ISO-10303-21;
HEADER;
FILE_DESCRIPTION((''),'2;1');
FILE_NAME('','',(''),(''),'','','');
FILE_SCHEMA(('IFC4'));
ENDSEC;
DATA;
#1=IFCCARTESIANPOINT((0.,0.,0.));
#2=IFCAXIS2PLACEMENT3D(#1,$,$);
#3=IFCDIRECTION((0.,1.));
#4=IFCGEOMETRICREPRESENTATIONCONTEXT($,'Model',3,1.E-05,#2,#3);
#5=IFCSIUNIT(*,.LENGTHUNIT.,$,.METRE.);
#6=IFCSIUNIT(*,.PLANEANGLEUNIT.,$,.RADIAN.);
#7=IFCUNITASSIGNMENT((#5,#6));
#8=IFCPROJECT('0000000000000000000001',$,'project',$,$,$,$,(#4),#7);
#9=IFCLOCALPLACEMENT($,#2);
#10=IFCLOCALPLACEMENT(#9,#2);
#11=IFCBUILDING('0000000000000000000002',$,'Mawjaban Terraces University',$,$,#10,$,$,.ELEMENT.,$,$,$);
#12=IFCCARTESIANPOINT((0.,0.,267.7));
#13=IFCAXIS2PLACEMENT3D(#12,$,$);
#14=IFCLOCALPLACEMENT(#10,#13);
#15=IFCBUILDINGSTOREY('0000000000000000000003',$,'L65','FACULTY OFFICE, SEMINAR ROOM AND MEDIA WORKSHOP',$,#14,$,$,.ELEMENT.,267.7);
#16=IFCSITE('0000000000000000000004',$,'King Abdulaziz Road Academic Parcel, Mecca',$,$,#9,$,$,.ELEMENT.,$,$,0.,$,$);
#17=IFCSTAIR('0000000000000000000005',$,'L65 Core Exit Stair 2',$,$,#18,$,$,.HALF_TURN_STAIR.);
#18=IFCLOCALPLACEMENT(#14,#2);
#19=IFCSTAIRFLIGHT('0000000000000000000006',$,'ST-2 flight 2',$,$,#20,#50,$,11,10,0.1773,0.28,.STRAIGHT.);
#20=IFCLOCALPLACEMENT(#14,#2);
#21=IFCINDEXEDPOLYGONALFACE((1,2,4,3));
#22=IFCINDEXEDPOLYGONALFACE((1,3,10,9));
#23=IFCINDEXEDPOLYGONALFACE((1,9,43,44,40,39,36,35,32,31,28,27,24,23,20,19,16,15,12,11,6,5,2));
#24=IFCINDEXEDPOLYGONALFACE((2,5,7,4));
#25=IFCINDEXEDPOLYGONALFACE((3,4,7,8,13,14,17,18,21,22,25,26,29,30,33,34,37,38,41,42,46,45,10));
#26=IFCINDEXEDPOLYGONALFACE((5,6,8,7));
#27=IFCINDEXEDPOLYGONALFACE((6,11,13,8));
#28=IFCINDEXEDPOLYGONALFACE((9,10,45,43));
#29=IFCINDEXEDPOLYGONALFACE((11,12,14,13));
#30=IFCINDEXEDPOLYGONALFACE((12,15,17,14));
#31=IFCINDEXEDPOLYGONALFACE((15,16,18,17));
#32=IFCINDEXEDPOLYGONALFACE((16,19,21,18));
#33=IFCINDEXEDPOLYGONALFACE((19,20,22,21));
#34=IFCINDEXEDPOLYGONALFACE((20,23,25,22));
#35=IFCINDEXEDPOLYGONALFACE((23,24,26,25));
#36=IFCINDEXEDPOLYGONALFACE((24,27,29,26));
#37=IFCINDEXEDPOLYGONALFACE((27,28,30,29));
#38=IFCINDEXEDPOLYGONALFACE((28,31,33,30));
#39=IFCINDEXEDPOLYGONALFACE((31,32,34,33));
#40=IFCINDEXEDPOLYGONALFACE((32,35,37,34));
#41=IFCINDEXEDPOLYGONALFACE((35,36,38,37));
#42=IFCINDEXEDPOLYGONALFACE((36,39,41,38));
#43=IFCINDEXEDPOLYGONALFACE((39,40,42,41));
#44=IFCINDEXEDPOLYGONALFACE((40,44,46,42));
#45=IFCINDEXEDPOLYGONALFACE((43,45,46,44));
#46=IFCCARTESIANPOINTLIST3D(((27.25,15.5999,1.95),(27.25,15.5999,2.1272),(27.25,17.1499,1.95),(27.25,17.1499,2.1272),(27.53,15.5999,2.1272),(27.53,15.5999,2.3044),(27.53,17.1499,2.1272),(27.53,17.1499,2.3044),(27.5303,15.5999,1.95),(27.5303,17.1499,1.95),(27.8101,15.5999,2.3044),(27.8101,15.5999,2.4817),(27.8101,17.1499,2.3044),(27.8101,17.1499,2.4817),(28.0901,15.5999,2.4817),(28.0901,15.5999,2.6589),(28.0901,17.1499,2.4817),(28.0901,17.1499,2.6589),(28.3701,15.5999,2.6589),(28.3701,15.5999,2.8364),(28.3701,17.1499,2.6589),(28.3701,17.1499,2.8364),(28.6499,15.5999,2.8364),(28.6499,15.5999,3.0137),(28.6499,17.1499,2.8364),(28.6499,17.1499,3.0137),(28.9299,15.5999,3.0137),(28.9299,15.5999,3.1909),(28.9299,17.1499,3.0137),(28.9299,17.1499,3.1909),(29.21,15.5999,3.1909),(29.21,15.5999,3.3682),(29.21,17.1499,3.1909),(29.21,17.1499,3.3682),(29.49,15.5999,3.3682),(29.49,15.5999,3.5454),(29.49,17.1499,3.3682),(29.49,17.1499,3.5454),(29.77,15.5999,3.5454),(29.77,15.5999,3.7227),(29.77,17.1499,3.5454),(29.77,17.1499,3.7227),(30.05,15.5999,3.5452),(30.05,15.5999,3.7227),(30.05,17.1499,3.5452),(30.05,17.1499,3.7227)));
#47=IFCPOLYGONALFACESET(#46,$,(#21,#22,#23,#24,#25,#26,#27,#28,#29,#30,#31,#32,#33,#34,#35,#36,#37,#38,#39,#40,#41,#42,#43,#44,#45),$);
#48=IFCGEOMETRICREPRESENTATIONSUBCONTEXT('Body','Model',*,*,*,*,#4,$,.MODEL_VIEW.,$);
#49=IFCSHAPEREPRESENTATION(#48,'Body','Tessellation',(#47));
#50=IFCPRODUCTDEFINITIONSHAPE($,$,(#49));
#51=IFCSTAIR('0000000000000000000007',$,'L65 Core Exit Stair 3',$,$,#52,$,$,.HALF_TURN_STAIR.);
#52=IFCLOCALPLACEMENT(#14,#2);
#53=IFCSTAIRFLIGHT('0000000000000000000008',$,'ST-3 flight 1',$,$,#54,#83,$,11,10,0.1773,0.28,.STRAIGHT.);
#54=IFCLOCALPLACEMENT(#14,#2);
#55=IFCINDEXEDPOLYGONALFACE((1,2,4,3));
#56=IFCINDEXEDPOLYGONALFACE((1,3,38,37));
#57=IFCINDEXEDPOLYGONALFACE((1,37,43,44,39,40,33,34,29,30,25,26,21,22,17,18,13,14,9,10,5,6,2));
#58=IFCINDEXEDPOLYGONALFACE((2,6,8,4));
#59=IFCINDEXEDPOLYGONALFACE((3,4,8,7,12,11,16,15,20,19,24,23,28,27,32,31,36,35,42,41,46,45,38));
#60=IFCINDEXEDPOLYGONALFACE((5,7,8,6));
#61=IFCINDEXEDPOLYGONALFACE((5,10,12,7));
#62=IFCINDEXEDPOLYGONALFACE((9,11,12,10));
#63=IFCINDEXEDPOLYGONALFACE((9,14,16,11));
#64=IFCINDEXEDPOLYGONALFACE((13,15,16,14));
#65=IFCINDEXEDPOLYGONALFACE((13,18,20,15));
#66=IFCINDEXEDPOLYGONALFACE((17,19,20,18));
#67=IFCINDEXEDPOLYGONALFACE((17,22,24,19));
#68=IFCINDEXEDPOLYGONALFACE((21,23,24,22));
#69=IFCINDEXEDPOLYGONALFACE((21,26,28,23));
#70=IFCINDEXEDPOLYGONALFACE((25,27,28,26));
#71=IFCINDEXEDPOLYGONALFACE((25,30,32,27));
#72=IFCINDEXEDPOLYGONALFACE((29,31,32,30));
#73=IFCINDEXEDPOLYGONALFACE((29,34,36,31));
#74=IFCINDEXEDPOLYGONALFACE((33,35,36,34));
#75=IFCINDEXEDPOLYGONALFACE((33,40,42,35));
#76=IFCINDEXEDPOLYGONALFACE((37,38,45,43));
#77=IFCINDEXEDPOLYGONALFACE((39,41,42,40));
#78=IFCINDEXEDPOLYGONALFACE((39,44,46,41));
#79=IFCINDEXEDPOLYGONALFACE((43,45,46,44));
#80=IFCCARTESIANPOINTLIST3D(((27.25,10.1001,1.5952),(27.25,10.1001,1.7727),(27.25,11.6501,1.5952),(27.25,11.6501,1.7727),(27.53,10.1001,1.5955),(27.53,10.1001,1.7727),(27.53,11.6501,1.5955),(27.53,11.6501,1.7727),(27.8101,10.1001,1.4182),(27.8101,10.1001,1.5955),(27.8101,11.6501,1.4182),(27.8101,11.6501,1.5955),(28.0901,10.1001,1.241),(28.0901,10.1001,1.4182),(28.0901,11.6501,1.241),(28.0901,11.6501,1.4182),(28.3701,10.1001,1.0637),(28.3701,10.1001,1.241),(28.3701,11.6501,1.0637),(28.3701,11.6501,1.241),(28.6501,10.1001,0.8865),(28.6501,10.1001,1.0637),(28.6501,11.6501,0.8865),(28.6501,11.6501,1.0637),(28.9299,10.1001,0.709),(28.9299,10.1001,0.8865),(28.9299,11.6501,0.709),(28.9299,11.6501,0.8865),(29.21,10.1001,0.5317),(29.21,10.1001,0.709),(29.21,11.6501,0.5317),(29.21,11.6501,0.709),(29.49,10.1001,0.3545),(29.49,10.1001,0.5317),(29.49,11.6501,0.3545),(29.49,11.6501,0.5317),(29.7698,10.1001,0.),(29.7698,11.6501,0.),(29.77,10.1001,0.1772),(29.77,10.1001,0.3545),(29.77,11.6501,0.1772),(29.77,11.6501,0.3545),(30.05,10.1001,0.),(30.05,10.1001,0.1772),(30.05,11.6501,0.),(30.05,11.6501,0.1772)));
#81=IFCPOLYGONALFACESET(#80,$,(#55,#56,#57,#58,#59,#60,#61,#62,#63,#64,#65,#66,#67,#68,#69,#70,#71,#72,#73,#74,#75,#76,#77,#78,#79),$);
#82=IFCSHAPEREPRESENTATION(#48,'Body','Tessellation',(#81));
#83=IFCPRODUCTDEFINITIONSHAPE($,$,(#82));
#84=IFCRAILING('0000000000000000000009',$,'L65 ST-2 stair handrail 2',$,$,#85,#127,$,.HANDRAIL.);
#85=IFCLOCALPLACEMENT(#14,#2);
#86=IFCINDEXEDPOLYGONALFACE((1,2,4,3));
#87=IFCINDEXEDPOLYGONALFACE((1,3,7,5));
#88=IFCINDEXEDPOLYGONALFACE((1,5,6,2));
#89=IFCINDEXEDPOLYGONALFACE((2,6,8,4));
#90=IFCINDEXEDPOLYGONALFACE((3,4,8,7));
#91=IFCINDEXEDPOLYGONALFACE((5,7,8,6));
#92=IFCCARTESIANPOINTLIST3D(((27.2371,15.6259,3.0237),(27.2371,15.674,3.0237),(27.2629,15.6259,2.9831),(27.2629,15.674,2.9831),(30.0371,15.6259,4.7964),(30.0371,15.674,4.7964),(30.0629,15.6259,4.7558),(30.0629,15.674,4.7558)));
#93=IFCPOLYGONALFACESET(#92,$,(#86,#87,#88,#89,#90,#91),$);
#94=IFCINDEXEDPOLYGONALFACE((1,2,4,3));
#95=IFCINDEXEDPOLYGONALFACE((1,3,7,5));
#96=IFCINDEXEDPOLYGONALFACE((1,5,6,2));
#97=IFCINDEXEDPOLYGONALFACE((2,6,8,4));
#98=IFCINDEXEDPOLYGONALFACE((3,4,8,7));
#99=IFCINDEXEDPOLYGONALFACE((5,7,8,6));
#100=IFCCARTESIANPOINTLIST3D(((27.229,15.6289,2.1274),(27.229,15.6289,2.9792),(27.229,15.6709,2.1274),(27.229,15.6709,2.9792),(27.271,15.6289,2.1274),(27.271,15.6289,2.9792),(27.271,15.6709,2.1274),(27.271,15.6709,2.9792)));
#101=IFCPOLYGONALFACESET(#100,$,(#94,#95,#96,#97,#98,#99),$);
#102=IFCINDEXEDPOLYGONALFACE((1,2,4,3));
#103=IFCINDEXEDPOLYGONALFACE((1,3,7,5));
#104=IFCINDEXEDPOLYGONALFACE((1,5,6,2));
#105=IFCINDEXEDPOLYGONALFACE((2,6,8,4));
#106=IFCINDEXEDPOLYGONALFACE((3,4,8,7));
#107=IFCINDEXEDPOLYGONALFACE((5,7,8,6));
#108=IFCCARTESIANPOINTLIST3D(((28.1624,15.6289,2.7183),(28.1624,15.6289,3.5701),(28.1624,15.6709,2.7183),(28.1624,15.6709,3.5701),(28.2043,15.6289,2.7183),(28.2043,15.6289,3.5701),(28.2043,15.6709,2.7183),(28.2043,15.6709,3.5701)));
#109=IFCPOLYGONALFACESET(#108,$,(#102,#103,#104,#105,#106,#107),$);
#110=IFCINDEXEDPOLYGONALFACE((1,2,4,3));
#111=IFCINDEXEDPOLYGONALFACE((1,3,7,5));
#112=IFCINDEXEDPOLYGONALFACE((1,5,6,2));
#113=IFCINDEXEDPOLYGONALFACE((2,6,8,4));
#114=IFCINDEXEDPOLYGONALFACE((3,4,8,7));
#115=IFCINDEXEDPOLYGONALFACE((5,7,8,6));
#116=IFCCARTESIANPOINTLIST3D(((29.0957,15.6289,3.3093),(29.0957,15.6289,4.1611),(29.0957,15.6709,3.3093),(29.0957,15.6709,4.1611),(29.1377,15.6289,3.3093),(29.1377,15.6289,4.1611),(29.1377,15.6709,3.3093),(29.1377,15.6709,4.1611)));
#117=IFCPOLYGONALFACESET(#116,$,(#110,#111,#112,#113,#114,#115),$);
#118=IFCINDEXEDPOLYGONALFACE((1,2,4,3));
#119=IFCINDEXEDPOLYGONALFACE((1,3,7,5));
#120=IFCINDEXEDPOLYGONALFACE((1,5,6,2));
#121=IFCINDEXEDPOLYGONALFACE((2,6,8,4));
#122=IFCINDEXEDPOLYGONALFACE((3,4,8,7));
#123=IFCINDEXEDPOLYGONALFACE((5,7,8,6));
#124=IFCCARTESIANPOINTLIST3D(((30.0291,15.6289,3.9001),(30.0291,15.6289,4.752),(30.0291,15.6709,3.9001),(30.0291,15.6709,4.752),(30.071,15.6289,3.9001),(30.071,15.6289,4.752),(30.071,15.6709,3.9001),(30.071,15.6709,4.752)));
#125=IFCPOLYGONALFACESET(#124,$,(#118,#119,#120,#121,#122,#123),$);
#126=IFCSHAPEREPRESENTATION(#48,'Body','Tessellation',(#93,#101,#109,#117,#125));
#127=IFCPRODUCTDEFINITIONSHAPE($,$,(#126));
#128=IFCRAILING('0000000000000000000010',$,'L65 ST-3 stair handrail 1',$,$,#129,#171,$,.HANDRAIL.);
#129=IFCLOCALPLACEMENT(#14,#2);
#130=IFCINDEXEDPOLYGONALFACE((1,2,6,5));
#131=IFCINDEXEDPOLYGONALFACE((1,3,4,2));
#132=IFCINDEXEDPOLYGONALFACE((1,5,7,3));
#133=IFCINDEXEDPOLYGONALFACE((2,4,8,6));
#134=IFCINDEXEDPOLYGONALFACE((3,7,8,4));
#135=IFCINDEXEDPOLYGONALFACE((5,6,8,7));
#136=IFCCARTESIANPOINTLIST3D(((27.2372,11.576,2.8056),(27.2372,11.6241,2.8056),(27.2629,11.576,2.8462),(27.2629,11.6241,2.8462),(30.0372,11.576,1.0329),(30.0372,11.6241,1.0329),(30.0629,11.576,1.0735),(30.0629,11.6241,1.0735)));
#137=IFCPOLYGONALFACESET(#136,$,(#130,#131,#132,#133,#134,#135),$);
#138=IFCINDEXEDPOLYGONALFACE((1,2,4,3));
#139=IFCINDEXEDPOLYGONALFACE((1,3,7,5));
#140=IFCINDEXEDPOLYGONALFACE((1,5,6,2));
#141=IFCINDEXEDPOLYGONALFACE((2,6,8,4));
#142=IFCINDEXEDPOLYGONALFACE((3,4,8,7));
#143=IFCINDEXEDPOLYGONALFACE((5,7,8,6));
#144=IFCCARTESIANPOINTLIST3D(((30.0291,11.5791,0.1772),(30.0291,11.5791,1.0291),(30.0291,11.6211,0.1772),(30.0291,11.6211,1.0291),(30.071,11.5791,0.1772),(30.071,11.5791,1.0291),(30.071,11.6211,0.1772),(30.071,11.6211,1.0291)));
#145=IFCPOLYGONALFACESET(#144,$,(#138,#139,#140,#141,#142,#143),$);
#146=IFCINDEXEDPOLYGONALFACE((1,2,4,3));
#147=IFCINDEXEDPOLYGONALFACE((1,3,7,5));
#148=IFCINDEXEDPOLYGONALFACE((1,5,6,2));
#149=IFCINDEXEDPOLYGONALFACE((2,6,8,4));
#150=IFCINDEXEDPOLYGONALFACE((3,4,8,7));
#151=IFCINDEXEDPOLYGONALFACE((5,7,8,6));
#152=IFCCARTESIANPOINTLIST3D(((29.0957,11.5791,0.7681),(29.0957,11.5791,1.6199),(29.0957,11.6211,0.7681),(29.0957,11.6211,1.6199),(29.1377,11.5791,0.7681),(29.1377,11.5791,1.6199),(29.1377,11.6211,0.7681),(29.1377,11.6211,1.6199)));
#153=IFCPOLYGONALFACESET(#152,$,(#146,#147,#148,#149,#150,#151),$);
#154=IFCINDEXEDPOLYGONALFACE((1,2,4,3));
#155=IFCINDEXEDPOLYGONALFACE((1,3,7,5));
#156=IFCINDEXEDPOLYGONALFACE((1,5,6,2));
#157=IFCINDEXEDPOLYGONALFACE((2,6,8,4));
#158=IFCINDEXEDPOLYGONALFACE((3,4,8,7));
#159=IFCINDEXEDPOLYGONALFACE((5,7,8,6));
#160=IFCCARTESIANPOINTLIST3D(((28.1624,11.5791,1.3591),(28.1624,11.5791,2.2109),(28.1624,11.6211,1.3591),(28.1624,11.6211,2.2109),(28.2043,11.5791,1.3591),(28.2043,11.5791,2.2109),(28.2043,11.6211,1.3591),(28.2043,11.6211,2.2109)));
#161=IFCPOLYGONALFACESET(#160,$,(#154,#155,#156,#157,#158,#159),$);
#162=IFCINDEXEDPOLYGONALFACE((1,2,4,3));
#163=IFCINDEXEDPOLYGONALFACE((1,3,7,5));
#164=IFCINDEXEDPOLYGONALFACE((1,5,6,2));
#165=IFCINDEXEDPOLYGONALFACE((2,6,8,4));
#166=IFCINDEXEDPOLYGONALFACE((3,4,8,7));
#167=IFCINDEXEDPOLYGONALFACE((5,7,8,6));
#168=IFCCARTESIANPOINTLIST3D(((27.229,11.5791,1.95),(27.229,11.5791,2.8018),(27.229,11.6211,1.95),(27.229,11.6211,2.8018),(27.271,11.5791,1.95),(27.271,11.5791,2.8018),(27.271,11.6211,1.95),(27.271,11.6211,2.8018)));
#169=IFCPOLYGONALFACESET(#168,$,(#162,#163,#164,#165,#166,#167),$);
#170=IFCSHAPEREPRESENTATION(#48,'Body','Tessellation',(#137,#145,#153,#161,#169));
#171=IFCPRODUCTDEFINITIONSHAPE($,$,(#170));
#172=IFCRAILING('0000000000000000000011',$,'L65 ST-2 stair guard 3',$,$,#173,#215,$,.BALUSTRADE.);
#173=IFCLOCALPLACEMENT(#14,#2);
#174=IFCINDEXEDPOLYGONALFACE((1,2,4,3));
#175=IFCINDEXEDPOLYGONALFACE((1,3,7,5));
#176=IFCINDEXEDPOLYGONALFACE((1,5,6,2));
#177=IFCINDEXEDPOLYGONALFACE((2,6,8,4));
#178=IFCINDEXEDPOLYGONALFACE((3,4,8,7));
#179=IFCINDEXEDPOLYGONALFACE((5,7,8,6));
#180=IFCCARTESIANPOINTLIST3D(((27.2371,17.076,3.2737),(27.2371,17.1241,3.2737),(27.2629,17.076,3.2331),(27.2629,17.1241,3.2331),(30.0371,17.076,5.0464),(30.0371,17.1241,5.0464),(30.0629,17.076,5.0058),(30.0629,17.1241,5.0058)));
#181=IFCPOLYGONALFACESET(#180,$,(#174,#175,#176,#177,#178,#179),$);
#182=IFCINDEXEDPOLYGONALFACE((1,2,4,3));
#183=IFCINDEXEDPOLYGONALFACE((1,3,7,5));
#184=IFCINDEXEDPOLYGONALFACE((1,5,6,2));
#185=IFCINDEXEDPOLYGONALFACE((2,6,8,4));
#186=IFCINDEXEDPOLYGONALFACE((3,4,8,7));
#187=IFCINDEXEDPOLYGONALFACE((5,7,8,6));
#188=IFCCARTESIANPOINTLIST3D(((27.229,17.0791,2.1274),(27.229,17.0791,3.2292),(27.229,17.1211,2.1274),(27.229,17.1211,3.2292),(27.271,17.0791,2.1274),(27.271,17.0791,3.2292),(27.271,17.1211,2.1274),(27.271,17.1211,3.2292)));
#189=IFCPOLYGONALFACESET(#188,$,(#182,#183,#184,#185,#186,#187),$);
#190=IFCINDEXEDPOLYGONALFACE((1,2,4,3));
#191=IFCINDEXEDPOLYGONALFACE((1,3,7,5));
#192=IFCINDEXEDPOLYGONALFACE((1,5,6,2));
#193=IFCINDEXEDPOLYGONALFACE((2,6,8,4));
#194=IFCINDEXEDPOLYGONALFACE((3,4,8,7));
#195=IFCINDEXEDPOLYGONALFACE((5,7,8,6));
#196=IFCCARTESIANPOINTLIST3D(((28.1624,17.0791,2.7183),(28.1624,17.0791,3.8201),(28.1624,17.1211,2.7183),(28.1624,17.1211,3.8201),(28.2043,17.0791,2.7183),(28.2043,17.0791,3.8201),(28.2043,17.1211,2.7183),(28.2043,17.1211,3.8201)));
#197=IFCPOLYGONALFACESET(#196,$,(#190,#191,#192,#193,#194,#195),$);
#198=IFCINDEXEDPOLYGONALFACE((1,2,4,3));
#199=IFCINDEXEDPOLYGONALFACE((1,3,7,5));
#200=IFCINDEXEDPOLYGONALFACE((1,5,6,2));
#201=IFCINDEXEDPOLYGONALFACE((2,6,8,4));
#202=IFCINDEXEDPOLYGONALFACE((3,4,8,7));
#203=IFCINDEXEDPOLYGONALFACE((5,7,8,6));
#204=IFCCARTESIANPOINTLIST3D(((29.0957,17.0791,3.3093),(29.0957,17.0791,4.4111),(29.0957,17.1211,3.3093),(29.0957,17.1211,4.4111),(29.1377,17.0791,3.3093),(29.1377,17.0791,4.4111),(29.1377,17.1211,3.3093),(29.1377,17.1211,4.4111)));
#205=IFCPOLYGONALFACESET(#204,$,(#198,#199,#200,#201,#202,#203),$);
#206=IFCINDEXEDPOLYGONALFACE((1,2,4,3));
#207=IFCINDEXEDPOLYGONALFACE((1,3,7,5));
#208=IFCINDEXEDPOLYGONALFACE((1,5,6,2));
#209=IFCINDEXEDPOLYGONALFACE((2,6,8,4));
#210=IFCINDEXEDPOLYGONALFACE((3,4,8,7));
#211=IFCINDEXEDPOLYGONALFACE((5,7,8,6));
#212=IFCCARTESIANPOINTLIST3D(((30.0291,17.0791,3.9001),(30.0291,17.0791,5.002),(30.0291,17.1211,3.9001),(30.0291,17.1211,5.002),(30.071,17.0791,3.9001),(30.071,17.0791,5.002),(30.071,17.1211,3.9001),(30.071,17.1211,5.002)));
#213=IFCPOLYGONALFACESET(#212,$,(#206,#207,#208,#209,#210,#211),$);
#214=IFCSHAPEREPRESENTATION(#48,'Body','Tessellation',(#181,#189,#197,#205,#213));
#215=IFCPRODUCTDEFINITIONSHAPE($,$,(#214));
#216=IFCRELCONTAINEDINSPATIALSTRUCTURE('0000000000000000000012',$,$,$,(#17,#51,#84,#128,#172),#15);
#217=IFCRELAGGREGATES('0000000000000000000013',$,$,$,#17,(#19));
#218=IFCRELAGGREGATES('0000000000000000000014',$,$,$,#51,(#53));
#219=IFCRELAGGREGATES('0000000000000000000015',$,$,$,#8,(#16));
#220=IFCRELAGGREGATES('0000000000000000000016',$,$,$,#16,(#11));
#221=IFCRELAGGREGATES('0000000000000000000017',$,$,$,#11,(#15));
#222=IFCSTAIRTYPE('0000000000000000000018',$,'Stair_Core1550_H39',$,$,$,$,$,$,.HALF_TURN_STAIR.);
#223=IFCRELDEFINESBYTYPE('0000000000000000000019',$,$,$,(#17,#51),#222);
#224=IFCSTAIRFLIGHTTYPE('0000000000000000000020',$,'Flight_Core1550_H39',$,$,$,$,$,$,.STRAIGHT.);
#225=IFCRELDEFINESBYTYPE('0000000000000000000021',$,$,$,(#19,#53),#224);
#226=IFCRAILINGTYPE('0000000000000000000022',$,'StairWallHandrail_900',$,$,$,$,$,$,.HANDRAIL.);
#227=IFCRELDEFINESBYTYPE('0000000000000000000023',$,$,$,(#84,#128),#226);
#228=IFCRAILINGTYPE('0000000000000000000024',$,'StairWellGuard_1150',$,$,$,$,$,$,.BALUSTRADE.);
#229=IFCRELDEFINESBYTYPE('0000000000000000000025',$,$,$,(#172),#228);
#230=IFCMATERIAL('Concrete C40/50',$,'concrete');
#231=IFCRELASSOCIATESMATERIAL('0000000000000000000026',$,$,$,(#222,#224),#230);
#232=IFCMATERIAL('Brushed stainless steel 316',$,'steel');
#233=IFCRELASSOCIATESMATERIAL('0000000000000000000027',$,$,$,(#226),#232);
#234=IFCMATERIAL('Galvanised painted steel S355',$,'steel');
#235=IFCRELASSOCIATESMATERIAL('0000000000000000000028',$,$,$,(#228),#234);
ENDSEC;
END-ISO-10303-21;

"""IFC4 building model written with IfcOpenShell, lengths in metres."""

from ifc_helpers import new_model, si_unit, direction, frame, origin, origin_2d, place, context, subcontext, project, spatial, polyline, rectangle, outline, extrude, material, type_object, element, aggregate, save


model = new_model("IFC4")

# Units and contexts
model_context = context("Model", 3, precision=1e-05, world=origin(), true_north=direction((0.0, 1.0)))
body_context = subcontext(model_context, "Body", "Model", "MODEL_VIEW")
ifc_project = project(units=[si_unit("LENGTHUNIT", "METRE"), si_unit("PLANEANGLEUNIT", "RADIAN")], contexts=[model_context])

# Site, building, storey
site_placement = place(None, origin())
site = spatial("IfcSite", under=ifc_project, at=site_placement, Name="King Abdulaziz Road Academic Parcel, Mecca", CompositionType="ELEMENT", RefElevation=0.0)
building_placement = place(site_placement, origin())
building = spatial("IfcBuilding", under=site, at=building_placement, Name="Mawjaban Terraces University", CompositionType="ELEMENT")
storey_placement = place(building_placement, frame((0.0, 0.0, 267.7)))
storey = spatial("IfcBuildingStorey", under=building, at=storey_placement, Name="L65", Description="FACULTY OFFICE, SEMINAR ROOM AND MEDIA WORKSHOP", CompositionType="ELEMENT", Elevation=267.7)

# Shared definitions
ifc_material_1 = material(Name="Concrete C40/50", Category="concrete")

# Stairs, stair flights
stair_type = type_object("IfcStairType", Name="Stair_Core1550_H39", PredefinedType="HALF_TURN_STAIR", material=ifc_material_1)
stair_1_placement = place(storey_placement, origin())
stair_1 = element("IfcStair", 1, at=stair_1_placement, inside=storey, type_object=stair_type, Name="L65 Core Exit Stair 2", PredefinedType="HALF_TURN_STAIR")
stair_flight_type = type_object("IfcStairFlightType", Name="Flight_Core1550_H39", PredefinedType="STRAIGHT", material=ifc_material_1)
stair_flight_1_placement = place(storey_placement, frame((27.25, 16.375, 1.95), z_axis=(0.0, 0.0, 1.0), x_axis=(1.0, 0.0, 0.0)))
stair_flight_1 = element("IfcStairFlight", 2, at=stair_flight_1_placement, type_object=stair_flight_type, Name="ST-2 flight 2", NumberOfRisers=11, NumberOfTreads=10, PredefinedType="STRAIGHT", RiserHeight=0.1773, TreadLength=0.28, context=body_context, shape_type="SweptSolid", body=[
    extrude(outline(polyline([(0.0, 0.0), (0.0, 0.1772), (0.28, 0.1772), (0.28, 0.3545), (0.5601, 0.3545), (0.5601, 0.5317), (0.8401, 0.5317), (0.8401, 0.709), (1.1201, 0.709), (1.1201, 0.8865), (1.3999, 0.8865), (1.3999, 1.0637), (1.6799, 1.0637), (1.6799, 1.241), (1.96, 1.241), (1.96, 1.4182), (2.24, 1.4182), (2.24, 1.5955), (2.52, 1.5955), (2.52, 1.7727), (2.8, 1.7727), (2.8, 1.95), (2.8, 1.5952), (0.2803, 0.0), (0.0, 0.0)])), frame((0.0, 0.7749, 0.0), z_axis=(0.0, -1.0, 0.0), x_axis=(1.0, 0.0, 0.0)), (0.0, 0.0, 1.0), 1.55),
])
aggregate(stair_1, [stair_flight_1])
stair_2_placement = place(storey_placement, origin())
stair_2 = element("IfcStair", 3, at=stair_2_placement, inside=storey, type_object=stair_type, Name="L65 Core Exit Stair 3", PredefinedType="HALF_TURN_STAIR")
stair_flight_2_placement = place(storey_placement, frame((30.05, 10.875, 0.0), z_axis=(0.0, 0.0, 1.0), x_axis=(-1.0, 0.0, 0.0)))
stair_flight_2 = element("IfcStairFlight", 4, at=stair_flight_2_placement, type_object=stair_flight_type, Name="ST-3 flight 1", NumberOfRisers=11, NumberOfTreads=10, PredefinedType="STRAIGHT", RiserHeight=0.1773, TreadLength=0.28, context=body_context, shape_type="SweptSolid", body=[
    extrude(outline(polyline([(0.0, 0.0), (0.0, 0.1772), (0.28, 0.1772), (0.28, 0.3545), (0.5601, 0.3545), (0.5601, 0.5317), (0.8401, 0.5317), (0.8401, 0.709), (1.1201, 0.709), (1.1201, 0.8865), (1.3999, 0.8865), (1.3999, 1.0637), (1.6799, 1.0637), (1.6799, 1.241), (1.96, 1.241), (1.96, 1.4182), (2.24, 1.4182), (2.24, 1.5955), (2.52, 1.5955), (2.52, 1.7727), (2.8, 1.7727), (2.8, 1.95), (2.8, 1.5952), (0.2803, 0.0), (0.0, 0.0)])), frame((0.0, 0.7749, 0.0), z_axis=(0.0, -1.0, 0.0), x_axis=(1.0, 0.0, 0.0)), (0.0, 0.0, 1.0), 1.55),
])
aggregate(stair_2, [stair_flight_2])

# Railings
ifc_material_2 = material(Name="Brushed stainless steel 316", Category="steel")
railing_type_1 = type_object("IfcRailingType", Name="StairWallHandrail_900", PredefinedType="HANDRAIL", material=ifc_material_2)
railing_1_placement = place(storey_placement, frame((27.25, 15.6499, 2.1274)))
element("IfcRailing", 5, at=railing_1_placement, inside=storey, type_object=railing_type_1, Name="L65 ST-2 stair handrail 2", PredefinedType="HANDRAIL", context=body_context, shape_type="SweptSolid", body=[
    extrude(rectangle(XDim=0.0481, YDim=0.0481, at=origin_2d()), frame((0.0, 0.0, 0.876), z_axis=(0.844909, 0.0, 0.53491), x_axis=(0.0, 1.0, 0.0)), (0.0, 0.0, 1.0), 3.314),
    extrude(rectangle(XDim=0.042, YDim=0.042, at=origin_2d()), origin(), (0.0, 0.0, 1.0), 0.8518),
    extrude(rectangle(XDim=0.042, YDim=0.042, at=origin_2d()), frame((0.9333, 0.0, 0.5908)), (0.0, 0.0, 1.0), 0.8518),
    extrude(rectangle(XDim=0.042, YDim=0.042, at=origin_2d()), frame((1.8667, 0.0, 1.1819)), (0.0, 0.0, 1.0), 0.8518),
    extrude(rectangle(XDim=0.042, YDim=0.042, at=origin_2d()), frame((2.8, 0.0, 1.7727)), (0.0, 0.0, 1.0), 0.8518),
])
railing_2_placement = place(storey_placement, frame((30.05, 11.6001, 0.1772)))
element("IfcRailing", 6, at=railing_2_placement, inside=storey, type_object=railing_type_1, Name="L65 ST-3 stair handrail 1", PredefinedType="HANDRAIL", context=body_context, shape_type="SweptSolid", body=[
    extrude(rectangle(XDim=0.0481, YDim=0.0481, at=origin_2d()), frame((0.0, 0.0, 0.876), z_axis=(-0.844909, 0.0, 0.53491), x_axis=(0.0, -1.0, 0.0)), (0.0, 0.0, 1.0), 3.314),
    extrude(rectangle(XDim=0.042, YDim=0.042, at=origin_2d()), origin(), (0.0, 0.0, 1.0), 0.8518),
    extrude(rectangle(XDim=0.042, YDim=0.042, at=origin_2d()), frame((-0.9333, 0.0, 0.5908)), (0.0, 0.0, 1.0), 0.8518),
    extrude(rectangle(XDim=0.042, YDim=0.042, at=origin_2d()), frame((-1.8667, 0.0, 1.1819)), (0.0, 0.0, 1.0), 0.8518),
    extrude(rectangle(XDim=0.042, YDim=0.042, at=origin_2d()), frame((-2.8, 0.0, 1.7727)), (0.0, 0.0, 1.0), 0.8518),
])
ifc_material_3 = material(Name="Galvanised painted steel S355", Category="steel")
railing_type_2 = type_object("IfcRailingType", Name="StairWellGuard_1150", PredefinedType="BALUSTRADE", material=ifc_material_3)
railing_3_placement = place(storey_placement, frame((27.25, 17.1001, 2.1274)))
element("IfcRailing", 7, at=railing_3_placement, inside=storey, type_object=railing_type_2, Name="L65 ST-2 stair guard 3", PredefinedType="BALUSTRADE", context=body_context, shape_type="SweptSolid", body=[
    extrude(rectangle(XDim=0.0481, YDim=0.0481, at=origin_2d()), frame((0.0, 0.0, 1.126), z_axis=(0.844909, 0.0, 0.53491), x_axis=(0.0, 1.0, 0.0)), (0.0, 0.0, 1.0), 3.314),
    extrude(rectangle(XDim=0.042, YDim=0.042, at=origin_2d()), origin(), (0.0, 0.0, 1.0), 1.1018),
    extrude(rectangle(XDim=0.042, YDim=0.042, at=origin_2d()), frame((0.9333, 0.0, 0.5908)), (0.0, 0.0, 1.0), 1.1018),
    extrude(rectangle(XDim=0.042, YDim=0.042, at=origin_2d()), frame((1.8667, 0.0, 1.1819)), (0.0, 0.0, 1.0), 1.1018),
    extrude(rectangle(XDim=0.042, YDim=0.042, at=origin_2d()), frame((2.8, 0.0, 1.7727)), (0.0, 0.0, 1.0), 1.1018),
])

save(model, "model.ifc")
